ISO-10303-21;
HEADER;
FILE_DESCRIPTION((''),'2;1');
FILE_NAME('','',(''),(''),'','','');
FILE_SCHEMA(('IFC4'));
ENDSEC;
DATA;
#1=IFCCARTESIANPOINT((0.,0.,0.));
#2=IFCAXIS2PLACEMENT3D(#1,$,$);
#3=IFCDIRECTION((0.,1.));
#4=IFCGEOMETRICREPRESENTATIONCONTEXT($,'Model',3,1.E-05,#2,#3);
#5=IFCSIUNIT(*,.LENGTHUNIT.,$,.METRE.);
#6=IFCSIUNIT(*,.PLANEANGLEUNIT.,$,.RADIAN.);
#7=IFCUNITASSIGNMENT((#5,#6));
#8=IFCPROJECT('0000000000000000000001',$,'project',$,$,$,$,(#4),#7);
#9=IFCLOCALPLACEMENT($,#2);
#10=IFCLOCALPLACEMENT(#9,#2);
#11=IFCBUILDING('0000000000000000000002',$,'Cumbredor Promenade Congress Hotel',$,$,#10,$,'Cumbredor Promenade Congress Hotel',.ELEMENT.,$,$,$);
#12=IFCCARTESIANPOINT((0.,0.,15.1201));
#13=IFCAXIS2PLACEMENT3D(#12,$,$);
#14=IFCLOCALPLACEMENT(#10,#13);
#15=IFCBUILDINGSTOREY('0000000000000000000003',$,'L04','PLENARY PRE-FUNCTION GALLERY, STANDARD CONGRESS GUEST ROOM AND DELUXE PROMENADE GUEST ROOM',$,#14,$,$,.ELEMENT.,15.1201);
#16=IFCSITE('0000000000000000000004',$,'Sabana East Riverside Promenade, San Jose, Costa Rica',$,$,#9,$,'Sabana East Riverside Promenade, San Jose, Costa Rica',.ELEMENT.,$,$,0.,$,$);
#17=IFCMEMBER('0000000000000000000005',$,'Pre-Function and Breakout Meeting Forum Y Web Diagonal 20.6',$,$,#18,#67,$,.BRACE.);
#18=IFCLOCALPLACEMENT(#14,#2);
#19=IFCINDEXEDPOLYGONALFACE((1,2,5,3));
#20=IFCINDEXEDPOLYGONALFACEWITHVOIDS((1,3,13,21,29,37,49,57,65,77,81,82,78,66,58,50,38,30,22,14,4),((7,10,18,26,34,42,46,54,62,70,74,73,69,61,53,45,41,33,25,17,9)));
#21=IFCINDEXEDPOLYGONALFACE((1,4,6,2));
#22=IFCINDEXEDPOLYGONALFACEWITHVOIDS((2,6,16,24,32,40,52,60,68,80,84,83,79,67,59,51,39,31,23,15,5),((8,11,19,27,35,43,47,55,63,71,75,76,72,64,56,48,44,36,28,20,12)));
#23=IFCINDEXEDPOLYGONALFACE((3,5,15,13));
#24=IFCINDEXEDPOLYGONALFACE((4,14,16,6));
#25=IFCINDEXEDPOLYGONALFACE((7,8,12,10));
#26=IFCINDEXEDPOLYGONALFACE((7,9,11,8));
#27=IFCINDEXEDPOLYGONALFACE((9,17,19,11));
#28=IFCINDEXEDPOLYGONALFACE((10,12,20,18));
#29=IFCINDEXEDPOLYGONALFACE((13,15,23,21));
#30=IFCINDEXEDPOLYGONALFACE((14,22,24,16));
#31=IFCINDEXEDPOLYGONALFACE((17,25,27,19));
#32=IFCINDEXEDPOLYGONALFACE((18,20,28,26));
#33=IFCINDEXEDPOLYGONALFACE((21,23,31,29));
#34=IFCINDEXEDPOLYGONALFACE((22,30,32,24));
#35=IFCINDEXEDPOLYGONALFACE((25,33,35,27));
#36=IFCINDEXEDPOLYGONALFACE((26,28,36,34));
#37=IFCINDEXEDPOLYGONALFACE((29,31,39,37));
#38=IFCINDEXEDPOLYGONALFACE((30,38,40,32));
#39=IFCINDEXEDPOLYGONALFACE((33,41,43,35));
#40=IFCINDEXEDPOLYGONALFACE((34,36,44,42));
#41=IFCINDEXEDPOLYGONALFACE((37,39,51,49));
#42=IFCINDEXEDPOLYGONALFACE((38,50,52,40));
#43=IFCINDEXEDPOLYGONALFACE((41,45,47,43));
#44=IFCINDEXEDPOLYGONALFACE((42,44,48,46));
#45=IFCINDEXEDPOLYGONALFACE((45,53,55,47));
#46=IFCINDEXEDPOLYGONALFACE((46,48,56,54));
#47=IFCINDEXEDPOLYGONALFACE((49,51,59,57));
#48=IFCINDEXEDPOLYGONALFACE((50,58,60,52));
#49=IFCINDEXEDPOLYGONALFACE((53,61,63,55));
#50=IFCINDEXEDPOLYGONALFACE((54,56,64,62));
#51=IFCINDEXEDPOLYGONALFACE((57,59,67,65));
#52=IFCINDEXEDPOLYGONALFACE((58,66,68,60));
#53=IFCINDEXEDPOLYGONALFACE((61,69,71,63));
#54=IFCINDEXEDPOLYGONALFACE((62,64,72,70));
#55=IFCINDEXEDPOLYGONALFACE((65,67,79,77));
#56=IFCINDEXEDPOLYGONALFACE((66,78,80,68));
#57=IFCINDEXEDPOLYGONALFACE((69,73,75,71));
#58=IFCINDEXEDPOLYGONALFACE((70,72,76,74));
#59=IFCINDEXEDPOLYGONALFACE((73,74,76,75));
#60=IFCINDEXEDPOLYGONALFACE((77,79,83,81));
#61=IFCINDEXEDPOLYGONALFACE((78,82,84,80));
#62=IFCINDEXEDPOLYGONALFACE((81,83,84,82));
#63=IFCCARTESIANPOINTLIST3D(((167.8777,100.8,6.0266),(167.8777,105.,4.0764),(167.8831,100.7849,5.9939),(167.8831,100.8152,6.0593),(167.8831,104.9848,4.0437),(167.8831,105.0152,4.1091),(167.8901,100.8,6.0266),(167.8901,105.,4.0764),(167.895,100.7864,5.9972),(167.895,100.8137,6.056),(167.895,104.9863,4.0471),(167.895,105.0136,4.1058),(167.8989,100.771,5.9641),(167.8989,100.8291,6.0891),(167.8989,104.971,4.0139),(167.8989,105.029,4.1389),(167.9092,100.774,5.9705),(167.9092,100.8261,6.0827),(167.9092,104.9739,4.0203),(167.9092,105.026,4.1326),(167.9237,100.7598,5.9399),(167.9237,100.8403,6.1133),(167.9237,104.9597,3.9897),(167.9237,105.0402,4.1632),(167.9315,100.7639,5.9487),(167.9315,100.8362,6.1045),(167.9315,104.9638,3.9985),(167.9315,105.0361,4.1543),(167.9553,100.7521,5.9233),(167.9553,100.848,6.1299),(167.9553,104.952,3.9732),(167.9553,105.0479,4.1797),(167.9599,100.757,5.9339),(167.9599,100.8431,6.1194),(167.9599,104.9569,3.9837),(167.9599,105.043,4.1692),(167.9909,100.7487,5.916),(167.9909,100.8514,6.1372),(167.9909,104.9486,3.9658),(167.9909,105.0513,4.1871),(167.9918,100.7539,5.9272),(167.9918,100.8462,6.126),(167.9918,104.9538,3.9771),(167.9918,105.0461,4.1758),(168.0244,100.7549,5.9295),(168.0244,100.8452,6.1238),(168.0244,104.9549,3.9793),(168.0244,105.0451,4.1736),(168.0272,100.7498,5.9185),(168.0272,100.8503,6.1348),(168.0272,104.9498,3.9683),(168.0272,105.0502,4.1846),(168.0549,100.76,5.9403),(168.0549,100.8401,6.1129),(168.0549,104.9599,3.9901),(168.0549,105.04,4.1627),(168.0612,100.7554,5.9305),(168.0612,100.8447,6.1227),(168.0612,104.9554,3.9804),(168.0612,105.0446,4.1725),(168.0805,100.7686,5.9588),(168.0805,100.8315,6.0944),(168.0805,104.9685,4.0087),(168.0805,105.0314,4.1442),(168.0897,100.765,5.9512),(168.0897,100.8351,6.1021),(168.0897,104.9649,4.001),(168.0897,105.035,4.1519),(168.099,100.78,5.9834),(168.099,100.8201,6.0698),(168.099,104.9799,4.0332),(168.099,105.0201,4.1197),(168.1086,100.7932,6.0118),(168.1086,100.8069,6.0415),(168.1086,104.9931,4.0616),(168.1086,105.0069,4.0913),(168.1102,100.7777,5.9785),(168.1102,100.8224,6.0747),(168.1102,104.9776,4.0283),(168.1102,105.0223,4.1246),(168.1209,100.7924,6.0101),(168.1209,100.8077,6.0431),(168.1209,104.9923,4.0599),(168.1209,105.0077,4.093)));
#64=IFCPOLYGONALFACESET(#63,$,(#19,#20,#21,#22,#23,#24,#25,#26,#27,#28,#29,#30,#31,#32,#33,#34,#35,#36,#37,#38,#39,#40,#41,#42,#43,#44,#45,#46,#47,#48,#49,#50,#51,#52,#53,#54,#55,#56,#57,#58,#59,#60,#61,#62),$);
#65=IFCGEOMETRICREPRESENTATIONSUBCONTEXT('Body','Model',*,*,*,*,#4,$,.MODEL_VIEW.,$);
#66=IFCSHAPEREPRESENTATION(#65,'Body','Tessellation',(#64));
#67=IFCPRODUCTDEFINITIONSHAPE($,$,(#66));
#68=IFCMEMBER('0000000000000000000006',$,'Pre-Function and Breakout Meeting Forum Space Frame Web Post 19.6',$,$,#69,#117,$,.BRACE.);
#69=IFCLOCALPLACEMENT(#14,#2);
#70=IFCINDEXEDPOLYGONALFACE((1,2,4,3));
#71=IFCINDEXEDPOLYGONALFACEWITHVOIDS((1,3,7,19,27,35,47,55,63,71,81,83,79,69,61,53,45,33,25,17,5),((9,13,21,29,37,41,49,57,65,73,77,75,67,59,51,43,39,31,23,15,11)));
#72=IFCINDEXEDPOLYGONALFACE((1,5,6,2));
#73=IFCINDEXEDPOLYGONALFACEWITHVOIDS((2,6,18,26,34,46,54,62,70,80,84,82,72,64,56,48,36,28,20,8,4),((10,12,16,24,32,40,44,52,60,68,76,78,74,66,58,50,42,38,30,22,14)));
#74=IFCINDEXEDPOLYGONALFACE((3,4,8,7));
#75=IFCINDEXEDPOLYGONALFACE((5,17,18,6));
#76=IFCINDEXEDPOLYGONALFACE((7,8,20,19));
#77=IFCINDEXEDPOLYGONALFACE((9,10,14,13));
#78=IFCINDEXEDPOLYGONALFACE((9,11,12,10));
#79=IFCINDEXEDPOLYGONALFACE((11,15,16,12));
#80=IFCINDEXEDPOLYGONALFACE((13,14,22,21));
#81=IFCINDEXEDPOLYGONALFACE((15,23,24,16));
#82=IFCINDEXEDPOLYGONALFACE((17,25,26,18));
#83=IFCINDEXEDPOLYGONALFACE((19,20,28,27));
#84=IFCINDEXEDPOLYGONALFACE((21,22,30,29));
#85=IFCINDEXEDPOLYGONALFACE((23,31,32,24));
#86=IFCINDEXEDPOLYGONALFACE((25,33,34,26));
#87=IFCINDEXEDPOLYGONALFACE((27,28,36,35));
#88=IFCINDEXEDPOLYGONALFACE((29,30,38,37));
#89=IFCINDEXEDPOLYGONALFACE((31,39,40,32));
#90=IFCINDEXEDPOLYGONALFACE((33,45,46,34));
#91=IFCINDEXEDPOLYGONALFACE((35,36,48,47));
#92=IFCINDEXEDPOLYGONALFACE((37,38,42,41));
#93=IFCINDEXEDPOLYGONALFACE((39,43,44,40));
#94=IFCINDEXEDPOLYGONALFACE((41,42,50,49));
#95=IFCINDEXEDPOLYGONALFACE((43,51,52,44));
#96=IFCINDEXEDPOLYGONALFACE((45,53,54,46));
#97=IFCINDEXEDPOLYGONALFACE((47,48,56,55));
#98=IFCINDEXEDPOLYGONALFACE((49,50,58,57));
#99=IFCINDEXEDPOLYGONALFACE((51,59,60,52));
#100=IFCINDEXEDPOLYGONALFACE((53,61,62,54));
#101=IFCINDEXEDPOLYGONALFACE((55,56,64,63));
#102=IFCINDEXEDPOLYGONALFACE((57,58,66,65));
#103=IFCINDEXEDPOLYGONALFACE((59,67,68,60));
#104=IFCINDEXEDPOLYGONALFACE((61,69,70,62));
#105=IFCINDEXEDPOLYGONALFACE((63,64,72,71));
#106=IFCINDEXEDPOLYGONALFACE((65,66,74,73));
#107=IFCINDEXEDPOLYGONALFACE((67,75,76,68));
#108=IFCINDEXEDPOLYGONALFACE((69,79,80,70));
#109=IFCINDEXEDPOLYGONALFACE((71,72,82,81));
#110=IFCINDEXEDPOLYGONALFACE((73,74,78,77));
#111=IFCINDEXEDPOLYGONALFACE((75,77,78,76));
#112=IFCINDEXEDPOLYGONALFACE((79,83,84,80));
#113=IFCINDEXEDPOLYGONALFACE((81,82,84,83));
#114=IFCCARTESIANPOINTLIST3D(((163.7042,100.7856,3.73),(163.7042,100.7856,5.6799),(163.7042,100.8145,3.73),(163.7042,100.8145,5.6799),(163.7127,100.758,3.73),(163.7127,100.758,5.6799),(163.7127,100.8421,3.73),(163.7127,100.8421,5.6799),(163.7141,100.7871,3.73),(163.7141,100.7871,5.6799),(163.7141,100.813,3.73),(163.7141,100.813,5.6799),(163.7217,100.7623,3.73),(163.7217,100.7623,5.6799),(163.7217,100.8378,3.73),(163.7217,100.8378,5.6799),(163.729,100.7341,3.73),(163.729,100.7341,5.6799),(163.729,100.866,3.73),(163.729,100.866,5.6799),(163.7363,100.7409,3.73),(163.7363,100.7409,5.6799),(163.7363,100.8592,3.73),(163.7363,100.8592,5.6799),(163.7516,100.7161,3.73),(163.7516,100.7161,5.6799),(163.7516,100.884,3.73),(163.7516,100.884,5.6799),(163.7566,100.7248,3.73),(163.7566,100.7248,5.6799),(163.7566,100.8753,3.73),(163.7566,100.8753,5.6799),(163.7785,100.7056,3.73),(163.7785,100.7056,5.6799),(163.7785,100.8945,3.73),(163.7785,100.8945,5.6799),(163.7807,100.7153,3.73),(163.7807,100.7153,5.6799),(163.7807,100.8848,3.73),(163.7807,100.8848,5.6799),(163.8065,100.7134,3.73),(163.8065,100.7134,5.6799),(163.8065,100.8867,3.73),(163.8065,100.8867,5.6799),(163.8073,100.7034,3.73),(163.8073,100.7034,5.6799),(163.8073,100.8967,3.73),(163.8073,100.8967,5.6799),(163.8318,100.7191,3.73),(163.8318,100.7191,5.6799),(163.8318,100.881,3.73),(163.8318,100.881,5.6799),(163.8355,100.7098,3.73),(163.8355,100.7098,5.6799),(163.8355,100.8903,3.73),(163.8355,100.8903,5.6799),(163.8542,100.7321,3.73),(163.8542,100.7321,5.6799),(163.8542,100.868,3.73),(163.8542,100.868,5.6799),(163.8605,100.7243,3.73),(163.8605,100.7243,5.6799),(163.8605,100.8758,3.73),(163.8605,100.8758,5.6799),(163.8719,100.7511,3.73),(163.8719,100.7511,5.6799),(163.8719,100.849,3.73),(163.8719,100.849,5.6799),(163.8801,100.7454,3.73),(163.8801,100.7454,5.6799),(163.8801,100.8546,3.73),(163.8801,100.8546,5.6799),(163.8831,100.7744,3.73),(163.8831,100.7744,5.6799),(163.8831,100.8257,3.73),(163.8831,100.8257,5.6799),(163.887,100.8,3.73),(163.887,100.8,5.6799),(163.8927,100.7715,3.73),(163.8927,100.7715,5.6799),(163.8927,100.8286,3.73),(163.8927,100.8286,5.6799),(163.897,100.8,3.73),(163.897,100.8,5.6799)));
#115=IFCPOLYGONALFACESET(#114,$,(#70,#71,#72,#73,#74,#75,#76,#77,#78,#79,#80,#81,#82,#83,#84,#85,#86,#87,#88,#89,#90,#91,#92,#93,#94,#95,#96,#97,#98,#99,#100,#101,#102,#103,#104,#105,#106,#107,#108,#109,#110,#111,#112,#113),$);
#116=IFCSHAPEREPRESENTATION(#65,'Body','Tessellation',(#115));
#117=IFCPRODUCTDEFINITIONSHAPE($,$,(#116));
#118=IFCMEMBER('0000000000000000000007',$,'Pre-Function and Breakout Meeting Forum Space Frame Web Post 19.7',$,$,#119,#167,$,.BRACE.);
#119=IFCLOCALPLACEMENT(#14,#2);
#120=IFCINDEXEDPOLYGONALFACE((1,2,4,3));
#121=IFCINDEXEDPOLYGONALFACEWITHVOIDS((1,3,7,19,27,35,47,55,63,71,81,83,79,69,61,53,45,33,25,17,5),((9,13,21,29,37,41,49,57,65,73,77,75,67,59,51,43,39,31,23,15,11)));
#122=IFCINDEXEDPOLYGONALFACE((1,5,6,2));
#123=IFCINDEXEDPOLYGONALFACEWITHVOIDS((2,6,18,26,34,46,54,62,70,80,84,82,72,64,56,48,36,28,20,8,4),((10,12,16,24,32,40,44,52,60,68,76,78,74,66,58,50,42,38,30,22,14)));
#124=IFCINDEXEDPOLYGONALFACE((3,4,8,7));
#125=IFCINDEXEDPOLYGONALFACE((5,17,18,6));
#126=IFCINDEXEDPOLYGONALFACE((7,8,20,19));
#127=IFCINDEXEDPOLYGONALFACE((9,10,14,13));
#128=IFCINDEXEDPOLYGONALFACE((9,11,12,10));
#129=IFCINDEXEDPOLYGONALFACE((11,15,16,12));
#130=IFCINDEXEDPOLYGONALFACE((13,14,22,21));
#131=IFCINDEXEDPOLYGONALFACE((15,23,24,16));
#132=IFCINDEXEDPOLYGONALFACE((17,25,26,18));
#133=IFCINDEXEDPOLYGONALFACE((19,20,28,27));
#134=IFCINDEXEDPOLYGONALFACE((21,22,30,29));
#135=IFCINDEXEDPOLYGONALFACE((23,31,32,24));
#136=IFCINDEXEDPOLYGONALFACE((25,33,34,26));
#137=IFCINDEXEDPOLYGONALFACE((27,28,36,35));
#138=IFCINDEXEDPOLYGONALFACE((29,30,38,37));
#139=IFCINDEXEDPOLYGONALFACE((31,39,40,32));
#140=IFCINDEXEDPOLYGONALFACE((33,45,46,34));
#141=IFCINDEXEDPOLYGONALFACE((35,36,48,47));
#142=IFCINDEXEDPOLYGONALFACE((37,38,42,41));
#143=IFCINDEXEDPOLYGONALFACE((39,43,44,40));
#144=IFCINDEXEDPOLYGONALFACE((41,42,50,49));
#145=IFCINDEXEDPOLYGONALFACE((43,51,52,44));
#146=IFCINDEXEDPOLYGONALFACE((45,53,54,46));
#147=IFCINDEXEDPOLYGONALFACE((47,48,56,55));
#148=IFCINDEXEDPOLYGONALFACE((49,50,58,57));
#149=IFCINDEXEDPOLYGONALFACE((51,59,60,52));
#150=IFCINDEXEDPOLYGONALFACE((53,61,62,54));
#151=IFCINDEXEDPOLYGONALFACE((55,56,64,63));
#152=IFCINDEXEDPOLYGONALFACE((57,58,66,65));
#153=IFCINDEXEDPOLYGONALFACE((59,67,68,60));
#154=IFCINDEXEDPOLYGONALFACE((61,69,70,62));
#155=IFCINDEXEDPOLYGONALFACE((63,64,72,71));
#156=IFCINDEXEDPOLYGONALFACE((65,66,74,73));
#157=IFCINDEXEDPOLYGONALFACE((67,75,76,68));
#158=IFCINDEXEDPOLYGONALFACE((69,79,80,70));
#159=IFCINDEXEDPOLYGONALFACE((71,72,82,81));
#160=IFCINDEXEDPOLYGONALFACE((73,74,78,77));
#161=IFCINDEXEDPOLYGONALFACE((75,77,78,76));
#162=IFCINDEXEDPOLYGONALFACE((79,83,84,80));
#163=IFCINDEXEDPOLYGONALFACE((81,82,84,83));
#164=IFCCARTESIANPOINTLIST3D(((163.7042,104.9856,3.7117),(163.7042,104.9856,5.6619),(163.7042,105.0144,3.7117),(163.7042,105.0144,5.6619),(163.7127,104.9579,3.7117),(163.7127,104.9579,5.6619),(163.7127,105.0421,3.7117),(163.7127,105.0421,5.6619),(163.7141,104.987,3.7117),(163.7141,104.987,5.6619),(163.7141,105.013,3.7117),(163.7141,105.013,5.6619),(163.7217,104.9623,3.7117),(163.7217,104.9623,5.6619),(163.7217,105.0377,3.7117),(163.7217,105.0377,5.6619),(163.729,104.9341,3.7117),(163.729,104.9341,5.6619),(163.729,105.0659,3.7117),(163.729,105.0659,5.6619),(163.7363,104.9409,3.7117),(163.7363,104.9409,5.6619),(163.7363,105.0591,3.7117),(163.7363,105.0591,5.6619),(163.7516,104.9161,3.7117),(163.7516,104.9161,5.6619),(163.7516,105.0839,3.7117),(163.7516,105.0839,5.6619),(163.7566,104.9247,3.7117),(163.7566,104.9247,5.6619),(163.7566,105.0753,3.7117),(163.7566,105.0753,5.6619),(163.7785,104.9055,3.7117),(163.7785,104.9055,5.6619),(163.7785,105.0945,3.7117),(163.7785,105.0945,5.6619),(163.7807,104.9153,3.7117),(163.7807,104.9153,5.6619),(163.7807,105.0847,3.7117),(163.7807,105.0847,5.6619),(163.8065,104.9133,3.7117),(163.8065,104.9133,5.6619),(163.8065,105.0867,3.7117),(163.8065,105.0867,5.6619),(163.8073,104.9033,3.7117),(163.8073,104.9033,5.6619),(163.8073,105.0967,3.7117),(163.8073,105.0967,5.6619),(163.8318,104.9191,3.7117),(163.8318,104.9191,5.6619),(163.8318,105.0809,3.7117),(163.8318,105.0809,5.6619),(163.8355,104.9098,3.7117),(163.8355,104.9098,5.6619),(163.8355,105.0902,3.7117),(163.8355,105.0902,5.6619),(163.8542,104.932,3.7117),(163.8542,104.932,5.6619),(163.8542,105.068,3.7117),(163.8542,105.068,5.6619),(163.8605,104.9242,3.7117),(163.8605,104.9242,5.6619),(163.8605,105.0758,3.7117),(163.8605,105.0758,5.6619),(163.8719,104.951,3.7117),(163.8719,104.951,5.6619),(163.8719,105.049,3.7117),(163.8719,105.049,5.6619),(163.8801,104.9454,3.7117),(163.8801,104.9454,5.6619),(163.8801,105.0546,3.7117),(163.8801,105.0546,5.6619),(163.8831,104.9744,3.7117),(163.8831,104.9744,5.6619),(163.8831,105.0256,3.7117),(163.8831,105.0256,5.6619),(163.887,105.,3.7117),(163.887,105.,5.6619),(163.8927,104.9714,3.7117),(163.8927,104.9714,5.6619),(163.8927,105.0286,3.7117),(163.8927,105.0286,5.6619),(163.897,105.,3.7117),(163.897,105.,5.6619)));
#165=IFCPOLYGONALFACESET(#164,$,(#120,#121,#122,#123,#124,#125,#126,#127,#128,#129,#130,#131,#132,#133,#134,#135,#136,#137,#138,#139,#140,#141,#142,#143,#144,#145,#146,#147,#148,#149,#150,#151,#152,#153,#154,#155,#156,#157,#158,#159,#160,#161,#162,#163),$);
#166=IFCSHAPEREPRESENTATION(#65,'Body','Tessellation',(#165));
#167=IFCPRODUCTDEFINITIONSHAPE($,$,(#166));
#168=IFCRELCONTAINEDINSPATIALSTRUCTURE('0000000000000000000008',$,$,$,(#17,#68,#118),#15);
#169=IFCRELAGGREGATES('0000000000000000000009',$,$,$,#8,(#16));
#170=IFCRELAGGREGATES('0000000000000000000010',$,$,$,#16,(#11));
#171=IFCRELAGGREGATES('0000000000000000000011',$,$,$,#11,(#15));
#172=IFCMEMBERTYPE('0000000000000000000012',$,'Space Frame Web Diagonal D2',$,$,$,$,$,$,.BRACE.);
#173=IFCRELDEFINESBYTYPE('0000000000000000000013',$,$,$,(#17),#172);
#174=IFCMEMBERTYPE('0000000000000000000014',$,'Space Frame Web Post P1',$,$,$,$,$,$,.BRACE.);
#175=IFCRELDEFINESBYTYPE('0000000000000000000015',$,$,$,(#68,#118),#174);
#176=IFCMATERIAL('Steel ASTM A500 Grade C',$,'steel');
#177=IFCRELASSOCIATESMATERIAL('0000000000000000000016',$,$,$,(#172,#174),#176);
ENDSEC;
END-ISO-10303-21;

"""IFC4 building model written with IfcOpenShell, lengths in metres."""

from ifc_helpers import new_model, si_unit, direction, frame, origin, origin_2d, place, context, subcontext, project, spatial, hollow_circle, extrude, material, material_profile, profile_set, type_object, element, save


model = new_model("IFC4")

# Units and contexts
model_context = context("Model", 3, precision=1e-05, world=origin(), true_north=direction((0.0, 1.0)))
body_context = subcontext(model_context, "Body", "Model", "MODEL_VIEW")
ifc_project = project(units=[si_unit("LENGTHUNIT", "METRE"), si_unit("PLANEANGLEUNIT", "RADIAN")], contexts=[model_context])

# Site, building, storey
site_placement = place(None, origin())
site = spatial("IfcSite", under=ifc_project, at=site_placement, Name="Sabana East Riverside Promenade, San Jose, Costa Rica", LongName="Sabana East Riverside Promenade, San Jose, Costa Rica", CompositionType="ELEMENT", RefElevation=0.0)
building_placement = place(site_placement, origin())
building = spatial("IfcBuilding", under=site, at=building_placement, Name="Cumbredor Promenade Congress Hotel", LongName="Cumbredor Promenade Congress Hotel", CompositionType="ELEMENT")
storey_placement = place(building_placement, frame((0.0, 0.0, 15.1201)))
storey = spatial("IfcBuildingStorey", under=building, at=storey_placement, Name="L04", Description="PLENARY PRE-FUNCTION GALLERY, STANDARD CONGRESS GUEST ROOM AND DELUXE PROMENADE GUEST ROOM", CompositionType="ELEMENT", Elevation=15.1201)

# Members
ifc_material_1 = material(Name="Steel ASTM A500 Grade C", Category="steel")
ifc_material_profile_1 = material_profile(ifc_material_1, hollow_circle(Radius=0.1223, WallThickness=0.0125, at=origin_2d()), Name="CHS 244.5x12.5")
ifc_profile_set_1 = profile_set([ifc_material_profile_1], Name="Steel ASTM A500 Grade C")
member_type_1 = type_object("IfcMemberType", Name="Space Frame Web Diagonal D2", PredefinedType="BRACE", material=ifc_profile_set_1)
member_1_placement = place(storey_placement, frame((168.0, 100.8, 6.0266), z_axis=(0.0, 0.906991, -0.42115), x_axis=(-1.0, 0.0, 0.0)))
element("IfcMember", 1, at=member_1_placement, inside=storey, type_object=member_type_1, Name="Pre-Function and Breakout Meeting Forum Y Web Diagonal 20.6", PredefinedType="BRACE", context=body_context, shape_type="SweptSolid", body=[
    extrude(hollow_circle(Radius=0.1223, WallThickness=0.0125, at=origin_2d()), origin(), (0.0, 0.0, 1.0), 4.6306),
])
ifc_material_profile_2 = material_profile(ifc_material_1, hollow_circle(Radius=0.0969, WallThickness=0.01, at=origin_2d()), Name="CHS 193.7x10")
ifc_profile_set_2 = profile_set([ifc_material_profile_2], Name="Steel ASTM A500 Grade C")
member_type_2 = type_object("IfcMemberType", Name="Space Frame Web Post P1", PredefinedType="BRACE", material=ifc_profile_set_2)
member_2_placement = place(storey_placement, frame((163.8, 100.8, 3.73), z_axis=(0.0, 0.0, 1.0), x_axis=(1.0, 0.0, 0.0)))
element("IfcMember", 2, at=member_2_placement, inside=storey, type_object=member_type_2, Name="Pre-Function and Breakout Meeting Forum Space Frame Web Post 19.6", PredefinedType="BRACE", context=body_context, shape_type="SweptSolid", body=[
    extrude(hollow_circle(Radius=0.0969, WallThickness=0.01, at=origin_2d()), origin(), (0.0, 0.0, 1.0), 1.95),
])
member_3_placement = place(storey_placement, frame((163.8, 105.0, 3.7117), z_axis=(0.0, 0.0, 1.0), x_axis=(1.0, 0.0, 0.0)))
element("IfcMember", 3, at=member_3_placement, inside=storey, type_object=member_type_2, Name="Pre-Function and Breakout Meeting Forum Space Frame Web Post 19.7", PredefinedType="BRACE", context=body_context, shape_type="SweptSolid", body=[
    extrude(hollow_circle(Radius=0.0969, WallThickness=0.01, at=origin_2d()), origin(), (0.0, 0.0, 1.0), 1.9502),
])

save(model, "model.ifc")
